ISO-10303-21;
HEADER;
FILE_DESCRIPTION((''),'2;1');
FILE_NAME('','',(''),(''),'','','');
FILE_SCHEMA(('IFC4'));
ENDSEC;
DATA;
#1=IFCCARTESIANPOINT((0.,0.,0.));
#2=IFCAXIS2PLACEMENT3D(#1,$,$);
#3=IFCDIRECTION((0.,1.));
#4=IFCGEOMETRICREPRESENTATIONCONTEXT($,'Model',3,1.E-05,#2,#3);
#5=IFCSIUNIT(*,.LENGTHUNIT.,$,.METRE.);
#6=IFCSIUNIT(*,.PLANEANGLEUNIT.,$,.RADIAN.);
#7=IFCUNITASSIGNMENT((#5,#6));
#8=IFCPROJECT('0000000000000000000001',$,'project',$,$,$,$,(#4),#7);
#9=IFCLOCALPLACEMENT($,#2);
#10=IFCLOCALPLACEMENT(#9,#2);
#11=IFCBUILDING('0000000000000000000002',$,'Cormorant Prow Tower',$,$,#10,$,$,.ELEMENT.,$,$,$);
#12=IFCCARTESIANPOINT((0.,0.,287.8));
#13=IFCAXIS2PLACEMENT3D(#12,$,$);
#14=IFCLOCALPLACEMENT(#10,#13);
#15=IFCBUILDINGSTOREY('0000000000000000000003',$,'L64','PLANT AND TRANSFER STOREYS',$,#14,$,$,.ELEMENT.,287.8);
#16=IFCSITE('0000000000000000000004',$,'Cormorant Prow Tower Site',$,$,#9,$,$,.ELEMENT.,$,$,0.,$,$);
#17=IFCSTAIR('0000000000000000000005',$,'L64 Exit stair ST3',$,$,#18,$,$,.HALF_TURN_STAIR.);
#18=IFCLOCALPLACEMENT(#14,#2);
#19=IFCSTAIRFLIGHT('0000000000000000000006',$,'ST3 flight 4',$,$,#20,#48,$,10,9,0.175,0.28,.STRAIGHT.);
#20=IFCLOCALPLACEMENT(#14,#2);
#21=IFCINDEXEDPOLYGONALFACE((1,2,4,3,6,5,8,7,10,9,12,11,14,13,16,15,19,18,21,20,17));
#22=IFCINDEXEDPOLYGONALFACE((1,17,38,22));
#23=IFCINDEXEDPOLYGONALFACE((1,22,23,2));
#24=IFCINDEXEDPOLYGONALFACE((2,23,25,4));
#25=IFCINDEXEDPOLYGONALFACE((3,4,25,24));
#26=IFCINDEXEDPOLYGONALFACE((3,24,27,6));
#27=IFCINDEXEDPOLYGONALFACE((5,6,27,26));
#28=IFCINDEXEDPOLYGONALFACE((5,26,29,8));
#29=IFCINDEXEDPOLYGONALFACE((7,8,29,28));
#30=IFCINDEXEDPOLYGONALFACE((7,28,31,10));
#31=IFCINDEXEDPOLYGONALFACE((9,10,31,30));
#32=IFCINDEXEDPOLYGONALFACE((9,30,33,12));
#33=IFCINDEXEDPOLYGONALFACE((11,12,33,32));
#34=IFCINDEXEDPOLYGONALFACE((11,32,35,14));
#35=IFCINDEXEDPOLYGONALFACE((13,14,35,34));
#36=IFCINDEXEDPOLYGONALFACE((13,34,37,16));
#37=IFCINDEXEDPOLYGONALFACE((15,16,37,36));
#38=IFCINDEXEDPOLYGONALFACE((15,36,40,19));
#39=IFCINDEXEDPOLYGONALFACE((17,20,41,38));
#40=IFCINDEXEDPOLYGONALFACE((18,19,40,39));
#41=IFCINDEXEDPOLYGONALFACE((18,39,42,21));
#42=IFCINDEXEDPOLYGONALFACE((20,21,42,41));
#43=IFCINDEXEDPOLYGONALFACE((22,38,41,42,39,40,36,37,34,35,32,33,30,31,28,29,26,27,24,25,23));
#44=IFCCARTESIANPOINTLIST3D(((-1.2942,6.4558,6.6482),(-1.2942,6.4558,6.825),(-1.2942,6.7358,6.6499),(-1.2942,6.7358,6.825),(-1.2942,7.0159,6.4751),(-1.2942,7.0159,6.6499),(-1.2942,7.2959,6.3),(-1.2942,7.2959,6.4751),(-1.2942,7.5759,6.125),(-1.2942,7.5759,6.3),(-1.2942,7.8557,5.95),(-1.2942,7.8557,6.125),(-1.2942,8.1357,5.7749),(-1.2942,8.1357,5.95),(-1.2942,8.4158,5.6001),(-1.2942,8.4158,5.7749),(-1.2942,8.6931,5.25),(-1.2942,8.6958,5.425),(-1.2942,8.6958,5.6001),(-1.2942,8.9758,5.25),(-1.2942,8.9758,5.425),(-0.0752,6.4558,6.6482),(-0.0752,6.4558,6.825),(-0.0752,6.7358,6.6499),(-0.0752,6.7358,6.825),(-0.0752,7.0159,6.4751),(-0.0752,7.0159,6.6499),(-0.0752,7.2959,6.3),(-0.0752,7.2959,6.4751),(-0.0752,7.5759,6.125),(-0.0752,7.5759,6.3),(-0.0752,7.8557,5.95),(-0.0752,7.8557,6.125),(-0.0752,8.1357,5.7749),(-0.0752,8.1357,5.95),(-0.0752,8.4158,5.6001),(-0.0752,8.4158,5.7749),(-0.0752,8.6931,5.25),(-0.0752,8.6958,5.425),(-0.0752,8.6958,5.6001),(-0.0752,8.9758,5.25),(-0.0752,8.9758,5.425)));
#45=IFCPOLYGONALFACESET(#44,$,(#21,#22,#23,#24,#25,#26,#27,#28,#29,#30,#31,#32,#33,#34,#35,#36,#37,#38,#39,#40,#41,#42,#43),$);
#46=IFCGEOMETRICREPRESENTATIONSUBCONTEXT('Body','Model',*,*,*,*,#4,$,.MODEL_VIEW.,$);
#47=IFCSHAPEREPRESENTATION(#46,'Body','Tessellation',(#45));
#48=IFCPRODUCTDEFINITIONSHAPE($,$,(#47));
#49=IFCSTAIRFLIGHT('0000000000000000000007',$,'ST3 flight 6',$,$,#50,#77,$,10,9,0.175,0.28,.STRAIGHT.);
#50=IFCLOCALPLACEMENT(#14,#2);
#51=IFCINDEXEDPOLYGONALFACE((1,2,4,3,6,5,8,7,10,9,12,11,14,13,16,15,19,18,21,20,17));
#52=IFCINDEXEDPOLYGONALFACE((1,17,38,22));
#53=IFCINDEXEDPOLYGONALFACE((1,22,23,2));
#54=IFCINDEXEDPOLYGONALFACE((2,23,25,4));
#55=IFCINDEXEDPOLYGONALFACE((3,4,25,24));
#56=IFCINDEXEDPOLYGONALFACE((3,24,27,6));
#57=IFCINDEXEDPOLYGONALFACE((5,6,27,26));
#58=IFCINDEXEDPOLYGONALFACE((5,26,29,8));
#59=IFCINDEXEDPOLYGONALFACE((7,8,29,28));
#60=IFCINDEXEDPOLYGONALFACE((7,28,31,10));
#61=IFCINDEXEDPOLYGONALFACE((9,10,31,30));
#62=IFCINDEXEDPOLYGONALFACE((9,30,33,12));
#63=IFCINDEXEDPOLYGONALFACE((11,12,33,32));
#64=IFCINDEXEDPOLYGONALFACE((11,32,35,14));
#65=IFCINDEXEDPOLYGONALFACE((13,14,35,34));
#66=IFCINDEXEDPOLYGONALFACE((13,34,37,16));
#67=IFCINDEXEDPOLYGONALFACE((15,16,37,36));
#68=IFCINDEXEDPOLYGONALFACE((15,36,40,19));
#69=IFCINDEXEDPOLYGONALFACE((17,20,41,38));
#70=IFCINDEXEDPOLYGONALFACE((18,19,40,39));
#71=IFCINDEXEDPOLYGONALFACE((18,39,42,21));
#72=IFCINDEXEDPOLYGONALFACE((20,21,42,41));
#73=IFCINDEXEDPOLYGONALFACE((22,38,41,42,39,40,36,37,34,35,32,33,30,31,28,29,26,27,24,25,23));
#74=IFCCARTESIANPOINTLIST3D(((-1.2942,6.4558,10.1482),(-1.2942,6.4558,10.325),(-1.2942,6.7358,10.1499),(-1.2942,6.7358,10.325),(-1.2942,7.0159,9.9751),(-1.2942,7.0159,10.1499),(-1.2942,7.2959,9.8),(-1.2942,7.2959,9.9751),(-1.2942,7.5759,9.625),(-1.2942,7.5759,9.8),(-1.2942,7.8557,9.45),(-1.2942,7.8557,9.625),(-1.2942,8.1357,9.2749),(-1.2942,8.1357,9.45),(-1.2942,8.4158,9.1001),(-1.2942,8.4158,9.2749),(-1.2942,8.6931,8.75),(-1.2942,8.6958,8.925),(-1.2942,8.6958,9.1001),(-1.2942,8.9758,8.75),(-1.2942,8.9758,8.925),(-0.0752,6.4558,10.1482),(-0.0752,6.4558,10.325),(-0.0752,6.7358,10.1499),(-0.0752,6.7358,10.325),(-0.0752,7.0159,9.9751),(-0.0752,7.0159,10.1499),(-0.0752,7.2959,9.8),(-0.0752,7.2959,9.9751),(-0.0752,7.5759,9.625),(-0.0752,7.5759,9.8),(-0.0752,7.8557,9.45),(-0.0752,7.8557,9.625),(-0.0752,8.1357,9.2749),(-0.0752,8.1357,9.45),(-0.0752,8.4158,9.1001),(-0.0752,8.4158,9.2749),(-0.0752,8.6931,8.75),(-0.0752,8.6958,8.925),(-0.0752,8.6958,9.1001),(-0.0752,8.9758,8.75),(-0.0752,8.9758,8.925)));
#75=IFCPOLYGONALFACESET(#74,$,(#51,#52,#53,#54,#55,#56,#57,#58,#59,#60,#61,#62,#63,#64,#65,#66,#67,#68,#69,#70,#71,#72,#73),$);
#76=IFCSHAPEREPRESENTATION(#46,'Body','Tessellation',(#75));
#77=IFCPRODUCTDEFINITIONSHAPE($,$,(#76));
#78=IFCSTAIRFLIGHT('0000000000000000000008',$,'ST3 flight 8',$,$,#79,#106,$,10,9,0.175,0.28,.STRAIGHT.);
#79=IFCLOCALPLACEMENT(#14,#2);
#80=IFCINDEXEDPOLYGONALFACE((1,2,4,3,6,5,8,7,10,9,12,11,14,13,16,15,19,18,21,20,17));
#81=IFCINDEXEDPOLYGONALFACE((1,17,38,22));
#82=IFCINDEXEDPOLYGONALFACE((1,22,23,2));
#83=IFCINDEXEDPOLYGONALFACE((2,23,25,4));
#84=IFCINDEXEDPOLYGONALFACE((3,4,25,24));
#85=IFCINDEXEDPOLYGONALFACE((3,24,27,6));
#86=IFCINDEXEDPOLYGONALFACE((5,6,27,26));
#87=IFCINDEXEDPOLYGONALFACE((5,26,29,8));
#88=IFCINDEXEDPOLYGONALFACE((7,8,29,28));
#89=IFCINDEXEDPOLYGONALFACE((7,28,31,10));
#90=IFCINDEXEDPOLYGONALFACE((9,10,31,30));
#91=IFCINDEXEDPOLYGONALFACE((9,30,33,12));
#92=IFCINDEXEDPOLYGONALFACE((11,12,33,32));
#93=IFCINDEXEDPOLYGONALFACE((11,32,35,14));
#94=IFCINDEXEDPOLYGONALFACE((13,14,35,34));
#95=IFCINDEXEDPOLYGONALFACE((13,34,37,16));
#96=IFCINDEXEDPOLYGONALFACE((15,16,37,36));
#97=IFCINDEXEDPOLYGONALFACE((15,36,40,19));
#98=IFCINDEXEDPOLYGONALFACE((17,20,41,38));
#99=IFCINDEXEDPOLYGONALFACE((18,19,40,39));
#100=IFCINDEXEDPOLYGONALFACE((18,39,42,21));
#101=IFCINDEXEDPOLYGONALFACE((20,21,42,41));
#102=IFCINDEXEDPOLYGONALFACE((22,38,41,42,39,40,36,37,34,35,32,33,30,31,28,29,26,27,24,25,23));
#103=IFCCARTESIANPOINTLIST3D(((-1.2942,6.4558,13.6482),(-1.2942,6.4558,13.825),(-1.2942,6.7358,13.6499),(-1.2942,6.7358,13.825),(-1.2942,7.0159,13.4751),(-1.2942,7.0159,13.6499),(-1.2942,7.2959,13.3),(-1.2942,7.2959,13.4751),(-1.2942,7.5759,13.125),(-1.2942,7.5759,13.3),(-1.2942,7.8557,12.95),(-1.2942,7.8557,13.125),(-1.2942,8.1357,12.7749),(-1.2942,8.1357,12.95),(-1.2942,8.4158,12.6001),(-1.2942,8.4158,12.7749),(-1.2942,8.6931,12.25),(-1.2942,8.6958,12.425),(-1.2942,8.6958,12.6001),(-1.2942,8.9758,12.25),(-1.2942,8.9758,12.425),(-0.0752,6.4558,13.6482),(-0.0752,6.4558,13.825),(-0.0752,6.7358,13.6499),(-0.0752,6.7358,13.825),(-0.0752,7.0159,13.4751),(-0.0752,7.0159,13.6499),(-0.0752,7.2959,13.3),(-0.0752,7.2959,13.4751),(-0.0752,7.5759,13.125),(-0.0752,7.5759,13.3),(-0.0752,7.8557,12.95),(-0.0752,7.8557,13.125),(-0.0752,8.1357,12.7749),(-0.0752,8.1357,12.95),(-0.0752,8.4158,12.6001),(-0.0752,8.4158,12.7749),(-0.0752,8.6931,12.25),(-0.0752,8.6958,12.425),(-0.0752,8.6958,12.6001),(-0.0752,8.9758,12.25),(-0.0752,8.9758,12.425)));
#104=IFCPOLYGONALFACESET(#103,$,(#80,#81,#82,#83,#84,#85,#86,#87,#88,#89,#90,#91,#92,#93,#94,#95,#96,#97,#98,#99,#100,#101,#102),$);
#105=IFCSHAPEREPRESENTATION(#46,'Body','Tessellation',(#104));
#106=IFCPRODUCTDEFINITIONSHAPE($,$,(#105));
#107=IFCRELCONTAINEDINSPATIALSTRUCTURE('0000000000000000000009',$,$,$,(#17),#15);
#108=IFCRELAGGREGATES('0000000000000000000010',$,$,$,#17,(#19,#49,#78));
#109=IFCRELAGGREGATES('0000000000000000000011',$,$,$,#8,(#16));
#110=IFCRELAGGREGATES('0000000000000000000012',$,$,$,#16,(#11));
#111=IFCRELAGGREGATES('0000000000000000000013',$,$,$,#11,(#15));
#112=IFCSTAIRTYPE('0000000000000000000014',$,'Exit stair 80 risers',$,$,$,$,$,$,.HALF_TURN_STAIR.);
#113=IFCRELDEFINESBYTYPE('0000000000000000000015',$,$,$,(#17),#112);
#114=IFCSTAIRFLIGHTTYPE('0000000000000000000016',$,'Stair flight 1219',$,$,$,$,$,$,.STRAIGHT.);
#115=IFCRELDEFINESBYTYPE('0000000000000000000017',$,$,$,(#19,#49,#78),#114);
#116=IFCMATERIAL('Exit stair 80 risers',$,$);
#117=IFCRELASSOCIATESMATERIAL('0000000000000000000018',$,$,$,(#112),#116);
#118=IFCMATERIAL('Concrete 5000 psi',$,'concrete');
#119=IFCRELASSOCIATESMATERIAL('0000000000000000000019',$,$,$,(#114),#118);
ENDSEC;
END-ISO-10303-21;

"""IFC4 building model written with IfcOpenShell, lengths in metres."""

from ifc_helpers import new_model, si_unit, direction, frame, origin, place, context, subcontext, project, spatial, polyline, outline, extrude, material, type_object, element, aggregate, save


model = new_model("IFC4")

# Units and contexts
model_context = context("Model", 3, precision=1e-05, world=origin(), true_north=direction((0.0, 1.0)))
body_context = subcontext(model_context, "Body", "Model", "MODEL_VIEW")
ifc_project = project(units=[si_unit("LENGTHUNIT", "METRE"), si_unit("PLANEANGLEUNIT", "RADIAN")], contexts=[model_context])

# Site, building, storey
site_placement = place(None, origin())
site = spatial("IfcSite", under=ifc_project, at=site_placement, Name="Cormorant Prow Tower Site", CompositionType="ELEMENT", RefElevation=0.0)
building_placement = place(site_placement, origin())
building = spatial("IfcBuilding", under=site, at=building_placement, Name="Cormorant Prow Tower", CompositionType="ELEMENT")
storey_placement = place(building_placement, frame((0.0, 0.0, 287.8)))
storey = spatial("IfcBuildingStorey", under=building, at=storey_placement, Name="L64", Description="PLANT AND TRANSFER STOREYS", CompositionType="ELEMENT", Elevation=287.8)

# Stair, stair flights
ifc_material_1 = material(Name="Exit stair 80 risers")
stair_type = type_object("IfcStairType", Name="Exit stair 80 risers", PredefinedType="HALF_TURN_STAIR", material=ifc_material_1)
stair_placement = place(storey_placement, origin())
stair = element("IfcStair", 1, at=stair_placement, inside=storey, type_object=stair_type, Name="L64 Exit stair ST3", PredefinedType="HALF_TURN_STAIR")
ifc_material_2 = material(Name="Concrete 5000 psi", Category="concrete")
stair_flight_type = type_object("IfcStairFlightType", Name="Stair flight 1219", PredefinedType="STRAIGHT", material=ifc_material_2)
stair_flight_1_placement = place(storey_placement, frame((-0.6846, 8.9758, 5.25), z_axis=(0.0, 0.0, 1.0), x_axis=(0.0, -1.0, 0.0)))
stair_flight_1 = element("IfcStairFlight", 2, at=stair_flight_1_placement, type_object=stair_flight_type, Name="ST3 flight 4", NumberOfRisers=10, NumberOfTreads=9, PredefinedType="STRAIGHT", RiserHeight=0.175, TreadLength=0.28, context=body_context, shape_type="SweptSolid", body=[
    extrude(outline(polyline([(0.0, 0.0), (0.0, 0.175), (0.28, 0.175), (0.28, 0.3501), (0.5601, 0.3501), (0.5601, 0.5249), (0.8401, 0.5249), (0.8401, 0.7), (1.1201, 0.7), (1.1201, 0.875), (1.3999, 0.875), (1.3999, 1.05), (1.6799, 1.05), (1.6799, 1.2251), (1.96, 1.2251), (1.96, 1.3999), (2.24, 1.3999), (2.24, 1.575), (2.52, 1.575), (2.52, 1.75), (2.52, 1.3982), (0.2827, 0.0), (0.0, 0.0)])), frame((0.0, 0.6094, 0.0), z_axis=(0.0, -1.0, 0.0), x_axis=(1.0, 0.0, 0.0)), (0.0, 0.0, 1.0), 1.219),
])
stair_flight_2_placement = place(storey_placement, frame((-0.6846, 8.9758, 8.75), z_axis=(0.0, 0.0, 1.0), x_axis=(0.0, -1.0, 0.0)))
stair_flight_2 = element("IfcStairFlight", 3, at=stair_flight_2_placement, type_object=stair_flight_type, Name="ST3 flight 6", NumberOfRisers=10, NumberOfTreads=9, PredefinedType="STRAIGHT", RiserHeight=0.175, TreadLength=0.28, context=body_context, shape_type="SweptSolid", body=[
    extrude(outline(polyline([(0.0, 0.0), (0.0, 0.175), (0.28, 0.175), (0.28, 0.3501), (0.5601, 0.3501), (0.5601, 0.5249), (0.8401, 0.5249), (0.8401, 0.7), (1.1201, 0.7), (1.1201, 0.875), (1.3999, 0.875), (1.3999, 1.05), (1.6799, 1.05), (1.6799, 1.2251), (1.96, 1.2251), (1.96, 1.3999), (2.24, 1.3999), (2.24, 1.575), (2.52, 1.575), (2.52, 1.75), (2.52, 1.3982), (0.2827, 0.0), (0.0, 0.0)])), frame((0.0, 0.6094, 0.0), z_axis=(0.0, -1.0, 0.0), x_axis=(1.0, 0.0, 0.0)), (0.0, 0.0, 1.0), 1.219),
])
stair_flight_3_placement = place(storey_placement, frame((-0.6846, 8.9758, 12.25), z_axis=(0.0, 0.0, 1.0), x_axis=(0.0, -1.0, 0.0)))
stair_flight_3 = element("IfcStairFlight", 4, at=stair_flight_3_placement, type_object=stair_flight_type, Name="ST3 flight 8", NumberOfRisers=10, NumberOfTreads=9, PredefinedType="STRAIGHT", RiserHeight=0.175, TreadLength=0.28, context=body_context, shape_type="SweptSolid", body=[
    extrude(outline(polyline([(0.0, 0.0), (0.0, 0.175), (0.28, 0.175), (0.28, 0.3501), (0.5601, 0.3501), (0.5601, 0.5249), (0.8401, 0.5249), (0.8401, 0.7), (1.1201, 0.7), (1.1201, 0.875), (1.3999, 0.875), (1.3999, 1.05), (1.6799, 1.05), (1.6799, 1.2251), (1.96, 1.2251), (1.96, 1.3999), (2.24, 1.3999), (2.24, 1.575), (2.52, 1.575), (2.52, 1.75), (2.52, 1.3982), (0.2827, 0.0), (0.0, 0.0)])), frame((0.0, 0.6094, 0.0), z_axis=(0.0, -1.0, 0.0), x_axis=(1.0, 0.0, 0.0)), (0.0, 0.0, 1.0), 1.219),
])
aggregate(stair, [stair_flight_1, stair_flight_2, stair_flight_3])

save(model, "model.ifc")
